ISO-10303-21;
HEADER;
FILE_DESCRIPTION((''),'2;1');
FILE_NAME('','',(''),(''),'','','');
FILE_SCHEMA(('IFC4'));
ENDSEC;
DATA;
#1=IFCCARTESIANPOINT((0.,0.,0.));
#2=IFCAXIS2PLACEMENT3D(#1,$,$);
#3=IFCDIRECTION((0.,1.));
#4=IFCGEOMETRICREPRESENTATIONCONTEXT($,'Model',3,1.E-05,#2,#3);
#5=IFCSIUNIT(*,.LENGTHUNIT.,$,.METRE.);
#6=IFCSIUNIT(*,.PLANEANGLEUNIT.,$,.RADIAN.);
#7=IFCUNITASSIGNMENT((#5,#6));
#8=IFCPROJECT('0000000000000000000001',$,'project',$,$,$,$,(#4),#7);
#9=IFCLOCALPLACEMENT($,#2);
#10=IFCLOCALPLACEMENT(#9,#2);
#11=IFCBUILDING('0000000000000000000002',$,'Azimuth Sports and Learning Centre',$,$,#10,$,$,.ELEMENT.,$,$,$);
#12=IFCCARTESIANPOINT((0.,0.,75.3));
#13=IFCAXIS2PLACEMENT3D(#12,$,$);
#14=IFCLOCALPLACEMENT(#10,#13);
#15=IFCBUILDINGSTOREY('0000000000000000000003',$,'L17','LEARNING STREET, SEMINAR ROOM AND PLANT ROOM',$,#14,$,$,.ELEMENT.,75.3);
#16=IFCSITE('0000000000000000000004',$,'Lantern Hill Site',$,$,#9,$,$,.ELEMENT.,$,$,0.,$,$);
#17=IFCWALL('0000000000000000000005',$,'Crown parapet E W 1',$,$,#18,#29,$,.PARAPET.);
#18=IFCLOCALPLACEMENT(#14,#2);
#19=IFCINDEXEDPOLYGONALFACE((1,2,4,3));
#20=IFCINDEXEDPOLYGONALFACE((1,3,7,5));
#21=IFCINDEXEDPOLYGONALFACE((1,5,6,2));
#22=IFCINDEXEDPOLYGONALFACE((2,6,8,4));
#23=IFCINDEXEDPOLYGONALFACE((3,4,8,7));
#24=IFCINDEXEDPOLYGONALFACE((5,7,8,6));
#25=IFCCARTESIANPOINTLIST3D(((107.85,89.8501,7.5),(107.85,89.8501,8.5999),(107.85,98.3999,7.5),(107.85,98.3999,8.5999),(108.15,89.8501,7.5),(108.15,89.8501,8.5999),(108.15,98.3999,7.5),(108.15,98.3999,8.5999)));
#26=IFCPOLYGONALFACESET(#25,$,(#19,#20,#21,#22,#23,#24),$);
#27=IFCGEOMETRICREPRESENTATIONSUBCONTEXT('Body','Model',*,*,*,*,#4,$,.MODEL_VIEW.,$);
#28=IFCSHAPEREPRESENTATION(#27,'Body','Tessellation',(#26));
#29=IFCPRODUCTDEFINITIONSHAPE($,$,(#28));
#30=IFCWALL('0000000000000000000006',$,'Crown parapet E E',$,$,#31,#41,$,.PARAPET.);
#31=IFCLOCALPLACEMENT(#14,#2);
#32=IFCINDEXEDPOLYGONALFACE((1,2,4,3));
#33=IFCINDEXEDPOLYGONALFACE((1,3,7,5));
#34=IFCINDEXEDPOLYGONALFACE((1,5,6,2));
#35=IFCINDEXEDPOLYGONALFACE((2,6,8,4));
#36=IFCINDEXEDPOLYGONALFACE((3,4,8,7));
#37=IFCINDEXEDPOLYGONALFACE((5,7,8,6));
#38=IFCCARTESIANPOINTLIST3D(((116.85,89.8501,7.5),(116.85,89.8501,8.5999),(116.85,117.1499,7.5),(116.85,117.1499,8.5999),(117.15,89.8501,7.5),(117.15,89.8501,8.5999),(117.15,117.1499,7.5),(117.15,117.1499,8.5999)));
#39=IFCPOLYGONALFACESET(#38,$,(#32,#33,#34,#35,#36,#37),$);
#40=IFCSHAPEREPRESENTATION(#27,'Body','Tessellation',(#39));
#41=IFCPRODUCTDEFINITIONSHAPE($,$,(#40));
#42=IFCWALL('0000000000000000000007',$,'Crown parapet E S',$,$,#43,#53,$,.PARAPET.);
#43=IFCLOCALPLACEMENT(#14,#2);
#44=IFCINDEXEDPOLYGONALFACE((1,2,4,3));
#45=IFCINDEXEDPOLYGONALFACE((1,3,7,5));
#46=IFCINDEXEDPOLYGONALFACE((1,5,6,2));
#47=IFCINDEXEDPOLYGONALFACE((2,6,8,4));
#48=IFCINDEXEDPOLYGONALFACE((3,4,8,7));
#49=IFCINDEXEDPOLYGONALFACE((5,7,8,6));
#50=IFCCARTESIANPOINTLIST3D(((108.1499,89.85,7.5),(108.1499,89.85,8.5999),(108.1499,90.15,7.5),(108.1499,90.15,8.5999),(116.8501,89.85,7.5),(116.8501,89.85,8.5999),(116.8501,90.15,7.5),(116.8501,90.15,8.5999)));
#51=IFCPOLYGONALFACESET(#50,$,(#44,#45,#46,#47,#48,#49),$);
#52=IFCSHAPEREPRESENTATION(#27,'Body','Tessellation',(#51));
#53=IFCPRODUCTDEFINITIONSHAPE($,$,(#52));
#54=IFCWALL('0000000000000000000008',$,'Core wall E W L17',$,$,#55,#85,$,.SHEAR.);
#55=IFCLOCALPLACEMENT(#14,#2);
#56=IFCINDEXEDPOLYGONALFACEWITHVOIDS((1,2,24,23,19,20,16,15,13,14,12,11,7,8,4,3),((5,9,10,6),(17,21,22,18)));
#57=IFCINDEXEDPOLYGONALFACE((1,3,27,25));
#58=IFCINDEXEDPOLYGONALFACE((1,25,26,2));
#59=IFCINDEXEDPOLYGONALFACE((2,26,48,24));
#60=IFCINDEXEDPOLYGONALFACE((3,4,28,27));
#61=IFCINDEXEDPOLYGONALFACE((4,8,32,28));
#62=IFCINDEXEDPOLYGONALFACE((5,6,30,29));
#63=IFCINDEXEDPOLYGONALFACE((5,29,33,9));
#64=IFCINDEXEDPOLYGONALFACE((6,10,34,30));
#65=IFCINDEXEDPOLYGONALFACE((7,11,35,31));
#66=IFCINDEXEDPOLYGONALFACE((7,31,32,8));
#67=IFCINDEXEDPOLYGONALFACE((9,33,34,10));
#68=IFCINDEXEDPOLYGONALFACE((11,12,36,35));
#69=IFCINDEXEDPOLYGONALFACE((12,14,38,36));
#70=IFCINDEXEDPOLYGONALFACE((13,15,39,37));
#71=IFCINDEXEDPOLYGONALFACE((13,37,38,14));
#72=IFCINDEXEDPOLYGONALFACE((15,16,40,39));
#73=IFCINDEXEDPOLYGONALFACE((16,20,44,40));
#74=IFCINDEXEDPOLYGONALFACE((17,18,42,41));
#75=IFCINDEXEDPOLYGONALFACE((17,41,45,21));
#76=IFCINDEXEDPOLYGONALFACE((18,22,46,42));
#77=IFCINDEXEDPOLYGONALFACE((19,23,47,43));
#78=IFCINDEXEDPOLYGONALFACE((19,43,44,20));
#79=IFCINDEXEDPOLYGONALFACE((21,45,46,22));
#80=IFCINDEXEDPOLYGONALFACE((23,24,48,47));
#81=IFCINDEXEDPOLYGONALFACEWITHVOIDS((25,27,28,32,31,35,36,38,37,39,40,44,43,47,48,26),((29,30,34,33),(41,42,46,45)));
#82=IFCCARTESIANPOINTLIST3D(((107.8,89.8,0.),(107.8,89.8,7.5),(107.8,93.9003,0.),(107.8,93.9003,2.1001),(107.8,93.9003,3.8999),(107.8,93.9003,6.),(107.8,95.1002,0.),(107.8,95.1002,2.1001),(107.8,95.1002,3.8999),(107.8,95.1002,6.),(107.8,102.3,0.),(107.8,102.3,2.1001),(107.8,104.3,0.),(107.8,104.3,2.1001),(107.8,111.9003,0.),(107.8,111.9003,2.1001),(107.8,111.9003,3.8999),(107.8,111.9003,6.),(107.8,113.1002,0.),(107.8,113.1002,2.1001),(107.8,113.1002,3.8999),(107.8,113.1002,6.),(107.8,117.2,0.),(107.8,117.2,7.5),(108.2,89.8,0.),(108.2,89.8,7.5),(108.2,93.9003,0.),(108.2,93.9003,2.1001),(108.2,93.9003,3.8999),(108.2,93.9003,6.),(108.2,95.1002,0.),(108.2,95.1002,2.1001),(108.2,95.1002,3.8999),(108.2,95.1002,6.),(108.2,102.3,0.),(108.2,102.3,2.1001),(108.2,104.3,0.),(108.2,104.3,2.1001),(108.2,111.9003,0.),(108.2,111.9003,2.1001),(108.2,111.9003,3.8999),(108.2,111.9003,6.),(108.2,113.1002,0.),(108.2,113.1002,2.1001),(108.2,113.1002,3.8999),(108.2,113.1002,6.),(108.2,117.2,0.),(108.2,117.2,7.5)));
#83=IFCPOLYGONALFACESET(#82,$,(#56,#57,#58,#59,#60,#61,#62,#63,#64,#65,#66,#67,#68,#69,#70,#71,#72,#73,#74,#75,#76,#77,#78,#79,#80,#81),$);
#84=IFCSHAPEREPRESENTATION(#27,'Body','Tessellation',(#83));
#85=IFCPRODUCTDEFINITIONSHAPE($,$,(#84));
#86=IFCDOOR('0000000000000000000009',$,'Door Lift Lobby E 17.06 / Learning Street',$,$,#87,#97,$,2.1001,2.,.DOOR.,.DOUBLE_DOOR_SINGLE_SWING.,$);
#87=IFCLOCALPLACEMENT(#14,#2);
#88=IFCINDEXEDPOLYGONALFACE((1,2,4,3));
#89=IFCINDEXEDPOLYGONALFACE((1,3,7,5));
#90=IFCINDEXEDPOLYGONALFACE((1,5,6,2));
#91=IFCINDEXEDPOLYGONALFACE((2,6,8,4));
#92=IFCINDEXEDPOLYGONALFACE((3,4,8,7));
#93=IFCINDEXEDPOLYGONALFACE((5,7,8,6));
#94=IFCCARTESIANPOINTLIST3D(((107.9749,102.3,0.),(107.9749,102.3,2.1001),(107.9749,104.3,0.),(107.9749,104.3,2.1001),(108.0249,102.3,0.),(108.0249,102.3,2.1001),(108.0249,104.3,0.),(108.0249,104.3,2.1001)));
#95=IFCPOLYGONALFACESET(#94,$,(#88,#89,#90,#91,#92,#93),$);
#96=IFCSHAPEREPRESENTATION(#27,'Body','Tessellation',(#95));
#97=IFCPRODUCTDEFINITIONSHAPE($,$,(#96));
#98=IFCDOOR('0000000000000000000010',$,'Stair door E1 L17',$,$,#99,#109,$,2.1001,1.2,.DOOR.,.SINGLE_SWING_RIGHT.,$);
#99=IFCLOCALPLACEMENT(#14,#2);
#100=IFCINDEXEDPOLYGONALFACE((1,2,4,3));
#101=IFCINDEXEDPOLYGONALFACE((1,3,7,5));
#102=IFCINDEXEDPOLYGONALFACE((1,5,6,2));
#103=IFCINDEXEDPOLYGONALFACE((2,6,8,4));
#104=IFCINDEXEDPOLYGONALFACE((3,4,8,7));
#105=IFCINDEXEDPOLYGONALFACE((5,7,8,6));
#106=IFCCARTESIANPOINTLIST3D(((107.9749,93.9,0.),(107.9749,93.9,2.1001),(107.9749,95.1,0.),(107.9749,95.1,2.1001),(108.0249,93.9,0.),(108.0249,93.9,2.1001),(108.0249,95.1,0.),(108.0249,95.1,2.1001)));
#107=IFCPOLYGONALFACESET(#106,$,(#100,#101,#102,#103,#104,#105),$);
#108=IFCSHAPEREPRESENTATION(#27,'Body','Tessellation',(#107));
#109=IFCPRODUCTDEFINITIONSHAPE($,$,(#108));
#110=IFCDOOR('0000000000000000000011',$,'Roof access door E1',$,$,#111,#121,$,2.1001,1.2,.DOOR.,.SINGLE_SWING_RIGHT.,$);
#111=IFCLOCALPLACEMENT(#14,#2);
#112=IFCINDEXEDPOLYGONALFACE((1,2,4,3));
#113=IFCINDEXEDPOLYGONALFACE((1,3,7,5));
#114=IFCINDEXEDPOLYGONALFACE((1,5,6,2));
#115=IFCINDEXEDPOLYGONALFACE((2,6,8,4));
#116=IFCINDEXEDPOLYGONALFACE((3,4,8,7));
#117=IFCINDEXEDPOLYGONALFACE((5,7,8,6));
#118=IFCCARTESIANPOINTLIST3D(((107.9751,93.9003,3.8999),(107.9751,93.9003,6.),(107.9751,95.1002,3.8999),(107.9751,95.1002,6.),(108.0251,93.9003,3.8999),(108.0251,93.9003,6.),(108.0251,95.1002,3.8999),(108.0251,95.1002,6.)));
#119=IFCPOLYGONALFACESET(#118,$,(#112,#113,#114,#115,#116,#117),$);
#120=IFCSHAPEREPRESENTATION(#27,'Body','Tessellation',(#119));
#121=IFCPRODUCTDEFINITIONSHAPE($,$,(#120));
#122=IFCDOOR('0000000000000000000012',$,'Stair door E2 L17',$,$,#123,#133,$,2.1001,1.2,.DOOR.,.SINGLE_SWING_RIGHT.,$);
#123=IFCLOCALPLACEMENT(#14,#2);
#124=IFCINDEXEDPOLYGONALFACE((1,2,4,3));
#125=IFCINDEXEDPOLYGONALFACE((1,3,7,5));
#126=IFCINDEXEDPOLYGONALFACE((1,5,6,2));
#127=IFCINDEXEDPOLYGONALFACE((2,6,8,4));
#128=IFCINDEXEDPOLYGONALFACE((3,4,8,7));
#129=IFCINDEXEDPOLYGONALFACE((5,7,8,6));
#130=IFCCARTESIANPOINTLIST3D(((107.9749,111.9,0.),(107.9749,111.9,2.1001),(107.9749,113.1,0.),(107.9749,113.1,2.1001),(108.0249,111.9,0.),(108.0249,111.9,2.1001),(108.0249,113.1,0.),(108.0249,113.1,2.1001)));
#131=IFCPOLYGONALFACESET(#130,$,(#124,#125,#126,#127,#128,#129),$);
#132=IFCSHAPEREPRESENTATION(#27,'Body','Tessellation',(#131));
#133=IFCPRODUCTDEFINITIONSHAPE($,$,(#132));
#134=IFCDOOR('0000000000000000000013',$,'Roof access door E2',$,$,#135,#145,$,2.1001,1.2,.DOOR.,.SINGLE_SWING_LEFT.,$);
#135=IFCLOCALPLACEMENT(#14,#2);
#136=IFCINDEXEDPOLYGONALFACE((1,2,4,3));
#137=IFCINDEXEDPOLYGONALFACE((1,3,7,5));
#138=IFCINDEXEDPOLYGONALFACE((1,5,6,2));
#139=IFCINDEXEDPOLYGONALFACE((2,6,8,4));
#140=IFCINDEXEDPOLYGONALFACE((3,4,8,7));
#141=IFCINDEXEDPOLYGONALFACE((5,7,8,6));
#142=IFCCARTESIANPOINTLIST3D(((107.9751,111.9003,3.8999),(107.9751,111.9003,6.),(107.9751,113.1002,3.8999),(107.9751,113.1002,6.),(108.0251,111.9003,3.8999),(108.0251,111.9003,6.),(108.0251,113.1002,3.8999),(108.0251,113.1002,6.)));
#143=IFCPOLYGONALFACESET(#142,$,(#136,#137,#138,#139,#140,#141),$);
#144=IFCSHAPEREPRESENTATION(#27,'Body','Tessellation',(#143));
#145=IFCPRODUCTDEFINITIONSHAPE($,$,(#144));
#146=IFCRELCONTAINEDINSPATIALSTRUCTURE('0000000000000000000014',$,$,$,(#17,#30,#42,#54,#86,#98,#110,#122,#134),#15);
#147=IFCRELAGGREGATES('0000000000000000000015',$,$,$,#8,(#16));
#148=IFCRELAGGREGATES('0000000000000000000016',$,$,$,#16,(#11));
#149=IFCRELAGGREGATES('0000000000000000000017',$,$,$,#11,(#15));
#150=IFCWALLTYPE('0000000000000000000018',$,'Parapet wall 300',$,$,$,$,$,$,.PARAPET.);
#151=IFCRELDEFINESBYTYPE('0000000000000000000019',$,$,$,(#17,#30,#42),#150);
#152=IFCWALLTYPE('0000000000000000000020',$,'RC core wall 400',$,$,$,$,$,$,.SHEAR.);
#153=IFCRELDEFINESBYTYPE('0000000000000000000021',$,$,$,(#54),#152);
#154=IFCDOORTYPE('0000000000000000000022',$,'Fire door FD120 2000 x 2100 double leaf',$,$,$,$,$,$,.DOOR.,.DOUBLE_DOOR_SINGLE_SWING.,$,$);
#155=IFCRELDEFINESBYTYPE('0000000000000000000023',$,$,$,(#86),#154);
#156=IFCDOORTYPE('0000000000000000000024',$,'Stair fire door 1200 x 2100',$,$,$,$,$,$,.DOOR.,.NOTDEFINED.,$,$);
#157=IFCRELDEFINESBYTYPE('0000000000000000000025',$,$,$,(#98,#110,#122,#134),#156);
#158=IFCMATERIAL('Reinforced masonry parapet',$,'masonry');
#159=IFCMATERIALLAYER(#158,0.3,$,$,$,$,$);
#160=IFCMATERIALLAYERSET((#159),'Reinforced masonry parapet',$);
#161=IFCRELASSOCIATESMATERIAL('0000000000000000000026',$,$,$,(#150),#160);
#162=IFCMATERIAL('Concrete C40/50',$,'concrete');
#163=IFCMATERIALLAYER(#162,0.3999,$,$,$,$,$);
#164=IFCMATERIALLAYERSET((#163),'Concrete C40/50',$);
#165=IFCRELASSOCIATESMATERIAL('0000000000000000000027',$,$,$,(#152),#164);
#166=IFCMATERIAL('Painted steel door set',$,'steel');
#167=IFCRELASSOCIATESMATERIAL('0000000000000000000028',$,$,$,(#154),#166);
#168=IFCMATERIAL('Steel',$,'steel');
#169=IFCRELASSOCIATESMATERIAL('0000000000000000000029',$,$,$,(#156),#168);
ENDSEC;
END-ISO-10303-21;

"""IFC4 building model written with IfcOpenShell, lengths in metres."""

from ifc_helpers import new_model, si_unit, direction, frame, frame_2d, origin, place, context, subcontext, project, spatial, rectangle, extrude, material, layer, layer_set, type_object, element, fill, save


model = new_model("IFC4")

# Units and contexts
model_context = context("Model", 3, precision=1e-05, world=origin(), true_north=direction((0.0, 1.0)))
body_context = subcontext(model_context, "Body", "Model", "MODEL_VIEW")
ifc_project = project(units=[si_unit("LENGTHUNIT", "METRE"), si_unit("PLANEANGLEUNIT", "RADIAN")], contexts=[model_context])

# Site, building, storey
site_placement = place(None, origin())
site = spatial("IfcSite", under=ifc_project, at=site_placement, Name="Lantern Hill Site", CompositionType="ELEMENT", RefElevation=0.0)
building_placement = place(site_placement, origin())
building = spatial("IfcBuilding", under=site, at=building_placement, Name="Azimuth Sports and Learning Centre", CompositionType="ELEMENT")
storey_placement = place(building_placement, frame((0.0, 0.0, 75.3)))
storey = spatial("IfcBuildingStorey", under=building, at=storey_placement, Name="L17", Description="LEARNING STREET, SEMINAR ROOM AND PLANT ROOM", CompositionType="ELEMENT", Elevation=75.3)

# Walls
ifc_material_1 = material(Name="Reinforced masonry parapet", Category="masonry")
ifc_layer_1 = layer(ifc_material_1, 0.3)
ifc_layer_set_1 = layer_set([ifc_layer_1], Name="Reinforced masonry parapet")
wall_type_1 = type_object("IfcWallType", Name="Parapet wall 300", PredefinedType="PARAPET", material=ifc_layer_set_1)
wall_1_placement = place(storey_placement, frame((108.0, 89.8501, 7.5), z_axis=(0.0, 0.0, 1.0), x_axis=(0.0, 1.0, 0.0)))
element("IfcWall", 1, at=wall_1_placement, inside=storey, type_object=wall_type_1, Name="Crown parapet E W 1", PredefinedType="PARAPET", context=body_context, shape_type="SweptSolid", body=[
    extrude(rectangle(XDim=8.5498, YDim=0.3, at=frame_2d((4.2749, 0.0))), origin(), (0.0, 0.0, 1.0), 1.0999),
])
wall_2_placement = place(storey_placement, frame((117.0, 89.8501, 7.5), z_axis=(0.0, 0.0, 1.0), x_axis=(0.0, 1.0, 0.0)))
element("IfcWall", 2, at=wall_2_placement, inside=storey, type_object=wall_type_1, Name="Crown parapet E E", PredefinedType="PARAPET", context=body_context, shape_type="SweptSolid", body=[
    extrude(rectangle(XDim=27.2998, YDim=0.3, at=frame_2d((13.6499, 0.0))), origin(), (0.0, 0.0, 1.0), 1.0999),
])
wall_3_placement = place(storey_placement, frame((108.1499, 90.0, 7.5), z_axis=(0.0, 0.0, 1.0), x_axis=(1.0, 0.0, 0.0)))
element("IfcWall", 3, at=wall_3_placement, inside=storey, type_object=wall_type_1, Name="Crown parapet E S", PredefinedType="PARAPET", context=body_context, shape_type="SweptSolid", body=[
    extrude(rectangle(XDim=8.7002, YDim=0.3, at=frame_2d((4.3501, 0.0))), origin(), (0.0, 0.0, 1.0), 1.0999),
])

# Wall, openings, doors
ifc_material_2 = material(Name="Concrete C40/50", Category="concrete")
ifc_layer_2 = layer(ifc_material_2, 0.3999)
ifc_layer_set_2 = layer_set([ifc_layer_2], Name="Concrete C40/50")
wall_type_2 = type_object("IfcWallType", Name="RC core wall 400", PredefinedType="SHEAR", material=ifc_layer_set_2)
wall_4_placement = place(storey_placement, frame((108.0, 89.8, 0.0), z_axis=(0.0, 0.0, 1.0), x_axis=(0.0, 1.0, 0.0)))
wall_4 = element("IfcWall", 4, at=wall_4_placement, inside=storey, type_object=wall_type_2, Name="Core wall E W L17", PredefinedType="SHEAR", context=body_context, shape_type="SweptSolid", body=[
    extrude(rectangle(XDim=27.3999, YDim=0.3999, at=frame_2d((13.7, 0.0))), origin(), (0.0, 0.0, 1.0), 7.5),
])
opening_1_placement = place(wall_4_placement, frame((4.1001, 0.0, 0.0)))
opening_1 = element("IfcOpeningElement", 5, at=opening_1_placement, cuts=wall_4, PredefinedType="OPENING", context=body_context, shape_type="SweptSolid", body=[
    extrude(rectangle(XDim=1.2, YDim=2.1001, at=frame_2d((0.6001, 1.05))), frame((0.0, 0.2109, 0.0), z_axis=(0.0, -1.0, 0.0), x_axis=(1.0, 0.0, 0.0)), (0.0, 0.0, 1.0), 0.4219),
])
opening_2_placement = place(wall_4_placement, frame((4.1001, 0.0, 3.8999)))
opening_2 = element("IfcOpeningElement", 6, at=opening_2_placement, cuts=wall_4, PredefinedType="OPENING", context=body_context, shape_type="SweptSolid", body=[
    extrude(rectangle(XDim=1.2, YDim=2.1001, at=frame_2d((0.6001, 1.05))), frame((0.0, 0.2109, 0.0), z_axis=(0.0, -1.0, 0.0), x_axis=(1.0, 0.0, 0.0)), (0.0, 0.0, 1.0), 0.4219),
])
opening_3_placement = place(wall_4_placement, frame((22.1001, 0.0, 0.0)))
opening_3 = element("IfcOpeningElement", 7, at=opening_3_placement, cuts=wall_4, PredefinedType="OPENING", context=body_context, shape_type="SweptSolid", body=[
    extrude(rectangle(XDim=1.2, YDim=2.1001, at=frame_2d((0.6001, 1.05))), frame((0.0, 0.2109, 0.0), z_axis=(0.0, -1.0, 0.0), x_axis=(1.0, 0.0, 0.0)), (0.0, 0.0, 1.0), 0.4219),
])
opening_4_placement = place(wall_4_placement, frame((22.1001, 0.0, 3.8999)))
opening_4 = element("IfcOpeningElement", 8, at=opening_4_placement, cuts=wall_4, PredefinedType="OPENING", context=body_context, shape_type="SweptSolid", body=[
    extrude(rectangle(XDim=1.2, YDim=2.1001, at=frame_2d((0.6001, 1.05))), frame((0.0, 0.2109, 0.0), z_axis=(0.0, -1.0, 0.0), x_axis=(1.0, 0.0, 0.0)), (0.0, 0.0, 1.0), 0.4219),
])
opening_5_placement = place(wall_4_placement, frame((12.5, 0.0, 0.0)))
opening_5 = element("IfcOpeningElement", 9, at=opening_5_placement, cuts=wall_4, PredefinedType="OPENING", context=body_context, shape_type="SweptSolid", body=[
    extrude(rectangle(XDim=2.0, YDim=2.1001, at=frame_2d((1.0, 1.05))), frame((0.0, 0.2109, 0.0), z_axis=(0.0, -1.0, 0.0), x_axis=(1.0, 0.0, 0.0)), (0.0, 0.0, 1.0), 0.4219),
])
ifc_material_3 = material(Name="Painted steel door set", Category="steel")
door_type_1 = type_object("IfcDoorType", Name="Fire door FD120 2000 x 2100 double leaf", OperationType="DOUBLE_DOOR_SINGLE_SWING", PredefinedType="DOOR", material=ifc_material_3)
door_1_placement = place(opening_5_placement, frame((2.0, 0.0, 0.0), z_axis=(0.0, 0.0, 1.0), x_axis=(-1.0, 0.0, 0.0)))
door_1 = element("IfcDoor", 10, at=door_1_placement, inside=storey, type_object=door_type_1, Name="Door Lift Lobby E 17.06 / Learning Street", OperationType="DOUBLE_DOOR_SINGLE_SWING", OverallHeight=2.1001, OverallWidth=2.0, PredefinedType="DOOR", context=body_context, shape_type="SweptSolid", body=[
    extrude(rectangle(XDim=2.0, YDim=2.1001, at=frame_2d((1.0, 1.05))), frame((0.0, 0.0249, 0.0), z_axis=(0.0, -1.0, 0.0), x_axis=(1.0, 0.0, 0.0)), (0.0, 0.0, 1.0), 0.05),
])
fill(opening_5, door_1)
ifc_material_4 = material(Name="Steel", Category="steel")
door_type_2 = type_object("IfcDoorType", Name="Stair fire door 1200 x 2100", OperationType="NOTDEFINED", PredefinedType="DOOR", material=ifc_material_4)
door_2_placement = place(opening_1_placement, frame((1.2, 0.0, 0.0), z_axis=(0.0, 0.0, 1.0), x_axis=(-1.0, 0.0, 0.0)))
door_2 = element("IfcDoor", 11, at=door_2_placement, inside=storey, type_object=door_type_2, Name="Stair door E1 L17", OperationType="SINGLE_SWING_RIGHT", OverallHeight=2.1001, OverallWidth=1.2, PredefinedType="DOOR", context=body_context, shape_type="SweptSolid", body=[
    extrude(rectangle(XDim=1.2, YDim=2.1001, at=frame_2d((0.6001, 1.05))), frame((0.0, 0.0249, 0.0), z_axis=(0.0, -1.0, 0.0), x_axis=(1.0, 0.0, 0.0)), (0.0, 0.0, 1.0), 0.05),
])
fill(opening_1, door_2)
door_3_placement = place(opening_2_placement, origin())
door_3 = element("IfcDoor", 12, at=door_3_placement, inside=storey, type_object=door_type_2, Name="Roof access door E1", OperationType="SINGLE_SWING_RIGHT", OverallHeight=2.1001, OverallWidth=1.2, PredefinedType="DOOR", context=body_context, shape_type="SweptSolid", body=[
    extrude(rectangle(XDim=1.2, YDim=2.1001, at=frame_2d((0.6001, 1.05))), frame((0.0, 0.0249, 0.0), z_axis=(0.0, -1.0, 0.0), x_axis=(1.0, 0.0, 0.0)), (0.0, 0.0, 1.0), 0.05),
])
fill(opening_2, door_3)
door_4_placement = place(opening_3_placement, frame((1.2, 0.0, 0.0), z_axis=(0.0, 0.0, 1.0), x_axis=(-1.0, 0.0, 0.0)))
door_4 = element("IfcDoor", 13, at=door_4_placement, inside=storey, type_object=door_type_2, Name="Stair door E2 L17", OperationType="SINGLE_SWING_RIGHT", OverallHeight=2.1001, OverallWidth=1.2, PredefinedType="DOOR", context=body_context, shape_type="SweptSolid", body=[
    extrude(rectangle(XDim=1.2, YDim=2.1001, at=frame_2d((0.6001, 1.05))), frame((0.0, 0.0249, 0.0), z_axis=(0.0, -1.0, 0.0), x_axis=(1.0, 0.0, 0.0)), (0.0, 0.0, 1.0), 0.05),
])
fill(opening_3, door_4)
door_5_placement = place(opening_4_placement, origin())
door_5 = element("IfcDoor", 14, at=door_5_placement, inside=storey, type_object=door_type_2, Name="Roof access door E2", OperationType="SINGLE_SWING_LEFT", OverallHeight=2.1001, OverallWidth=1.2, PredefinedType="DOOR", context=body_context, shape_type="SweptSolid", body=[
    extrude(rectangle(XDim=1.2, YDim=2.1001, at=frame_2d((0.6001, 1.05))), frame((0.0, 0.0249, 0.0), z_axis=(0.0, -1.0, 0.0), x_axis=(1.0, 0.0, 0.0)), (0.0, 0.0, 1.0), 0.05),
])
fill(opening_4, door_5)

save(model, "model.ifc")
